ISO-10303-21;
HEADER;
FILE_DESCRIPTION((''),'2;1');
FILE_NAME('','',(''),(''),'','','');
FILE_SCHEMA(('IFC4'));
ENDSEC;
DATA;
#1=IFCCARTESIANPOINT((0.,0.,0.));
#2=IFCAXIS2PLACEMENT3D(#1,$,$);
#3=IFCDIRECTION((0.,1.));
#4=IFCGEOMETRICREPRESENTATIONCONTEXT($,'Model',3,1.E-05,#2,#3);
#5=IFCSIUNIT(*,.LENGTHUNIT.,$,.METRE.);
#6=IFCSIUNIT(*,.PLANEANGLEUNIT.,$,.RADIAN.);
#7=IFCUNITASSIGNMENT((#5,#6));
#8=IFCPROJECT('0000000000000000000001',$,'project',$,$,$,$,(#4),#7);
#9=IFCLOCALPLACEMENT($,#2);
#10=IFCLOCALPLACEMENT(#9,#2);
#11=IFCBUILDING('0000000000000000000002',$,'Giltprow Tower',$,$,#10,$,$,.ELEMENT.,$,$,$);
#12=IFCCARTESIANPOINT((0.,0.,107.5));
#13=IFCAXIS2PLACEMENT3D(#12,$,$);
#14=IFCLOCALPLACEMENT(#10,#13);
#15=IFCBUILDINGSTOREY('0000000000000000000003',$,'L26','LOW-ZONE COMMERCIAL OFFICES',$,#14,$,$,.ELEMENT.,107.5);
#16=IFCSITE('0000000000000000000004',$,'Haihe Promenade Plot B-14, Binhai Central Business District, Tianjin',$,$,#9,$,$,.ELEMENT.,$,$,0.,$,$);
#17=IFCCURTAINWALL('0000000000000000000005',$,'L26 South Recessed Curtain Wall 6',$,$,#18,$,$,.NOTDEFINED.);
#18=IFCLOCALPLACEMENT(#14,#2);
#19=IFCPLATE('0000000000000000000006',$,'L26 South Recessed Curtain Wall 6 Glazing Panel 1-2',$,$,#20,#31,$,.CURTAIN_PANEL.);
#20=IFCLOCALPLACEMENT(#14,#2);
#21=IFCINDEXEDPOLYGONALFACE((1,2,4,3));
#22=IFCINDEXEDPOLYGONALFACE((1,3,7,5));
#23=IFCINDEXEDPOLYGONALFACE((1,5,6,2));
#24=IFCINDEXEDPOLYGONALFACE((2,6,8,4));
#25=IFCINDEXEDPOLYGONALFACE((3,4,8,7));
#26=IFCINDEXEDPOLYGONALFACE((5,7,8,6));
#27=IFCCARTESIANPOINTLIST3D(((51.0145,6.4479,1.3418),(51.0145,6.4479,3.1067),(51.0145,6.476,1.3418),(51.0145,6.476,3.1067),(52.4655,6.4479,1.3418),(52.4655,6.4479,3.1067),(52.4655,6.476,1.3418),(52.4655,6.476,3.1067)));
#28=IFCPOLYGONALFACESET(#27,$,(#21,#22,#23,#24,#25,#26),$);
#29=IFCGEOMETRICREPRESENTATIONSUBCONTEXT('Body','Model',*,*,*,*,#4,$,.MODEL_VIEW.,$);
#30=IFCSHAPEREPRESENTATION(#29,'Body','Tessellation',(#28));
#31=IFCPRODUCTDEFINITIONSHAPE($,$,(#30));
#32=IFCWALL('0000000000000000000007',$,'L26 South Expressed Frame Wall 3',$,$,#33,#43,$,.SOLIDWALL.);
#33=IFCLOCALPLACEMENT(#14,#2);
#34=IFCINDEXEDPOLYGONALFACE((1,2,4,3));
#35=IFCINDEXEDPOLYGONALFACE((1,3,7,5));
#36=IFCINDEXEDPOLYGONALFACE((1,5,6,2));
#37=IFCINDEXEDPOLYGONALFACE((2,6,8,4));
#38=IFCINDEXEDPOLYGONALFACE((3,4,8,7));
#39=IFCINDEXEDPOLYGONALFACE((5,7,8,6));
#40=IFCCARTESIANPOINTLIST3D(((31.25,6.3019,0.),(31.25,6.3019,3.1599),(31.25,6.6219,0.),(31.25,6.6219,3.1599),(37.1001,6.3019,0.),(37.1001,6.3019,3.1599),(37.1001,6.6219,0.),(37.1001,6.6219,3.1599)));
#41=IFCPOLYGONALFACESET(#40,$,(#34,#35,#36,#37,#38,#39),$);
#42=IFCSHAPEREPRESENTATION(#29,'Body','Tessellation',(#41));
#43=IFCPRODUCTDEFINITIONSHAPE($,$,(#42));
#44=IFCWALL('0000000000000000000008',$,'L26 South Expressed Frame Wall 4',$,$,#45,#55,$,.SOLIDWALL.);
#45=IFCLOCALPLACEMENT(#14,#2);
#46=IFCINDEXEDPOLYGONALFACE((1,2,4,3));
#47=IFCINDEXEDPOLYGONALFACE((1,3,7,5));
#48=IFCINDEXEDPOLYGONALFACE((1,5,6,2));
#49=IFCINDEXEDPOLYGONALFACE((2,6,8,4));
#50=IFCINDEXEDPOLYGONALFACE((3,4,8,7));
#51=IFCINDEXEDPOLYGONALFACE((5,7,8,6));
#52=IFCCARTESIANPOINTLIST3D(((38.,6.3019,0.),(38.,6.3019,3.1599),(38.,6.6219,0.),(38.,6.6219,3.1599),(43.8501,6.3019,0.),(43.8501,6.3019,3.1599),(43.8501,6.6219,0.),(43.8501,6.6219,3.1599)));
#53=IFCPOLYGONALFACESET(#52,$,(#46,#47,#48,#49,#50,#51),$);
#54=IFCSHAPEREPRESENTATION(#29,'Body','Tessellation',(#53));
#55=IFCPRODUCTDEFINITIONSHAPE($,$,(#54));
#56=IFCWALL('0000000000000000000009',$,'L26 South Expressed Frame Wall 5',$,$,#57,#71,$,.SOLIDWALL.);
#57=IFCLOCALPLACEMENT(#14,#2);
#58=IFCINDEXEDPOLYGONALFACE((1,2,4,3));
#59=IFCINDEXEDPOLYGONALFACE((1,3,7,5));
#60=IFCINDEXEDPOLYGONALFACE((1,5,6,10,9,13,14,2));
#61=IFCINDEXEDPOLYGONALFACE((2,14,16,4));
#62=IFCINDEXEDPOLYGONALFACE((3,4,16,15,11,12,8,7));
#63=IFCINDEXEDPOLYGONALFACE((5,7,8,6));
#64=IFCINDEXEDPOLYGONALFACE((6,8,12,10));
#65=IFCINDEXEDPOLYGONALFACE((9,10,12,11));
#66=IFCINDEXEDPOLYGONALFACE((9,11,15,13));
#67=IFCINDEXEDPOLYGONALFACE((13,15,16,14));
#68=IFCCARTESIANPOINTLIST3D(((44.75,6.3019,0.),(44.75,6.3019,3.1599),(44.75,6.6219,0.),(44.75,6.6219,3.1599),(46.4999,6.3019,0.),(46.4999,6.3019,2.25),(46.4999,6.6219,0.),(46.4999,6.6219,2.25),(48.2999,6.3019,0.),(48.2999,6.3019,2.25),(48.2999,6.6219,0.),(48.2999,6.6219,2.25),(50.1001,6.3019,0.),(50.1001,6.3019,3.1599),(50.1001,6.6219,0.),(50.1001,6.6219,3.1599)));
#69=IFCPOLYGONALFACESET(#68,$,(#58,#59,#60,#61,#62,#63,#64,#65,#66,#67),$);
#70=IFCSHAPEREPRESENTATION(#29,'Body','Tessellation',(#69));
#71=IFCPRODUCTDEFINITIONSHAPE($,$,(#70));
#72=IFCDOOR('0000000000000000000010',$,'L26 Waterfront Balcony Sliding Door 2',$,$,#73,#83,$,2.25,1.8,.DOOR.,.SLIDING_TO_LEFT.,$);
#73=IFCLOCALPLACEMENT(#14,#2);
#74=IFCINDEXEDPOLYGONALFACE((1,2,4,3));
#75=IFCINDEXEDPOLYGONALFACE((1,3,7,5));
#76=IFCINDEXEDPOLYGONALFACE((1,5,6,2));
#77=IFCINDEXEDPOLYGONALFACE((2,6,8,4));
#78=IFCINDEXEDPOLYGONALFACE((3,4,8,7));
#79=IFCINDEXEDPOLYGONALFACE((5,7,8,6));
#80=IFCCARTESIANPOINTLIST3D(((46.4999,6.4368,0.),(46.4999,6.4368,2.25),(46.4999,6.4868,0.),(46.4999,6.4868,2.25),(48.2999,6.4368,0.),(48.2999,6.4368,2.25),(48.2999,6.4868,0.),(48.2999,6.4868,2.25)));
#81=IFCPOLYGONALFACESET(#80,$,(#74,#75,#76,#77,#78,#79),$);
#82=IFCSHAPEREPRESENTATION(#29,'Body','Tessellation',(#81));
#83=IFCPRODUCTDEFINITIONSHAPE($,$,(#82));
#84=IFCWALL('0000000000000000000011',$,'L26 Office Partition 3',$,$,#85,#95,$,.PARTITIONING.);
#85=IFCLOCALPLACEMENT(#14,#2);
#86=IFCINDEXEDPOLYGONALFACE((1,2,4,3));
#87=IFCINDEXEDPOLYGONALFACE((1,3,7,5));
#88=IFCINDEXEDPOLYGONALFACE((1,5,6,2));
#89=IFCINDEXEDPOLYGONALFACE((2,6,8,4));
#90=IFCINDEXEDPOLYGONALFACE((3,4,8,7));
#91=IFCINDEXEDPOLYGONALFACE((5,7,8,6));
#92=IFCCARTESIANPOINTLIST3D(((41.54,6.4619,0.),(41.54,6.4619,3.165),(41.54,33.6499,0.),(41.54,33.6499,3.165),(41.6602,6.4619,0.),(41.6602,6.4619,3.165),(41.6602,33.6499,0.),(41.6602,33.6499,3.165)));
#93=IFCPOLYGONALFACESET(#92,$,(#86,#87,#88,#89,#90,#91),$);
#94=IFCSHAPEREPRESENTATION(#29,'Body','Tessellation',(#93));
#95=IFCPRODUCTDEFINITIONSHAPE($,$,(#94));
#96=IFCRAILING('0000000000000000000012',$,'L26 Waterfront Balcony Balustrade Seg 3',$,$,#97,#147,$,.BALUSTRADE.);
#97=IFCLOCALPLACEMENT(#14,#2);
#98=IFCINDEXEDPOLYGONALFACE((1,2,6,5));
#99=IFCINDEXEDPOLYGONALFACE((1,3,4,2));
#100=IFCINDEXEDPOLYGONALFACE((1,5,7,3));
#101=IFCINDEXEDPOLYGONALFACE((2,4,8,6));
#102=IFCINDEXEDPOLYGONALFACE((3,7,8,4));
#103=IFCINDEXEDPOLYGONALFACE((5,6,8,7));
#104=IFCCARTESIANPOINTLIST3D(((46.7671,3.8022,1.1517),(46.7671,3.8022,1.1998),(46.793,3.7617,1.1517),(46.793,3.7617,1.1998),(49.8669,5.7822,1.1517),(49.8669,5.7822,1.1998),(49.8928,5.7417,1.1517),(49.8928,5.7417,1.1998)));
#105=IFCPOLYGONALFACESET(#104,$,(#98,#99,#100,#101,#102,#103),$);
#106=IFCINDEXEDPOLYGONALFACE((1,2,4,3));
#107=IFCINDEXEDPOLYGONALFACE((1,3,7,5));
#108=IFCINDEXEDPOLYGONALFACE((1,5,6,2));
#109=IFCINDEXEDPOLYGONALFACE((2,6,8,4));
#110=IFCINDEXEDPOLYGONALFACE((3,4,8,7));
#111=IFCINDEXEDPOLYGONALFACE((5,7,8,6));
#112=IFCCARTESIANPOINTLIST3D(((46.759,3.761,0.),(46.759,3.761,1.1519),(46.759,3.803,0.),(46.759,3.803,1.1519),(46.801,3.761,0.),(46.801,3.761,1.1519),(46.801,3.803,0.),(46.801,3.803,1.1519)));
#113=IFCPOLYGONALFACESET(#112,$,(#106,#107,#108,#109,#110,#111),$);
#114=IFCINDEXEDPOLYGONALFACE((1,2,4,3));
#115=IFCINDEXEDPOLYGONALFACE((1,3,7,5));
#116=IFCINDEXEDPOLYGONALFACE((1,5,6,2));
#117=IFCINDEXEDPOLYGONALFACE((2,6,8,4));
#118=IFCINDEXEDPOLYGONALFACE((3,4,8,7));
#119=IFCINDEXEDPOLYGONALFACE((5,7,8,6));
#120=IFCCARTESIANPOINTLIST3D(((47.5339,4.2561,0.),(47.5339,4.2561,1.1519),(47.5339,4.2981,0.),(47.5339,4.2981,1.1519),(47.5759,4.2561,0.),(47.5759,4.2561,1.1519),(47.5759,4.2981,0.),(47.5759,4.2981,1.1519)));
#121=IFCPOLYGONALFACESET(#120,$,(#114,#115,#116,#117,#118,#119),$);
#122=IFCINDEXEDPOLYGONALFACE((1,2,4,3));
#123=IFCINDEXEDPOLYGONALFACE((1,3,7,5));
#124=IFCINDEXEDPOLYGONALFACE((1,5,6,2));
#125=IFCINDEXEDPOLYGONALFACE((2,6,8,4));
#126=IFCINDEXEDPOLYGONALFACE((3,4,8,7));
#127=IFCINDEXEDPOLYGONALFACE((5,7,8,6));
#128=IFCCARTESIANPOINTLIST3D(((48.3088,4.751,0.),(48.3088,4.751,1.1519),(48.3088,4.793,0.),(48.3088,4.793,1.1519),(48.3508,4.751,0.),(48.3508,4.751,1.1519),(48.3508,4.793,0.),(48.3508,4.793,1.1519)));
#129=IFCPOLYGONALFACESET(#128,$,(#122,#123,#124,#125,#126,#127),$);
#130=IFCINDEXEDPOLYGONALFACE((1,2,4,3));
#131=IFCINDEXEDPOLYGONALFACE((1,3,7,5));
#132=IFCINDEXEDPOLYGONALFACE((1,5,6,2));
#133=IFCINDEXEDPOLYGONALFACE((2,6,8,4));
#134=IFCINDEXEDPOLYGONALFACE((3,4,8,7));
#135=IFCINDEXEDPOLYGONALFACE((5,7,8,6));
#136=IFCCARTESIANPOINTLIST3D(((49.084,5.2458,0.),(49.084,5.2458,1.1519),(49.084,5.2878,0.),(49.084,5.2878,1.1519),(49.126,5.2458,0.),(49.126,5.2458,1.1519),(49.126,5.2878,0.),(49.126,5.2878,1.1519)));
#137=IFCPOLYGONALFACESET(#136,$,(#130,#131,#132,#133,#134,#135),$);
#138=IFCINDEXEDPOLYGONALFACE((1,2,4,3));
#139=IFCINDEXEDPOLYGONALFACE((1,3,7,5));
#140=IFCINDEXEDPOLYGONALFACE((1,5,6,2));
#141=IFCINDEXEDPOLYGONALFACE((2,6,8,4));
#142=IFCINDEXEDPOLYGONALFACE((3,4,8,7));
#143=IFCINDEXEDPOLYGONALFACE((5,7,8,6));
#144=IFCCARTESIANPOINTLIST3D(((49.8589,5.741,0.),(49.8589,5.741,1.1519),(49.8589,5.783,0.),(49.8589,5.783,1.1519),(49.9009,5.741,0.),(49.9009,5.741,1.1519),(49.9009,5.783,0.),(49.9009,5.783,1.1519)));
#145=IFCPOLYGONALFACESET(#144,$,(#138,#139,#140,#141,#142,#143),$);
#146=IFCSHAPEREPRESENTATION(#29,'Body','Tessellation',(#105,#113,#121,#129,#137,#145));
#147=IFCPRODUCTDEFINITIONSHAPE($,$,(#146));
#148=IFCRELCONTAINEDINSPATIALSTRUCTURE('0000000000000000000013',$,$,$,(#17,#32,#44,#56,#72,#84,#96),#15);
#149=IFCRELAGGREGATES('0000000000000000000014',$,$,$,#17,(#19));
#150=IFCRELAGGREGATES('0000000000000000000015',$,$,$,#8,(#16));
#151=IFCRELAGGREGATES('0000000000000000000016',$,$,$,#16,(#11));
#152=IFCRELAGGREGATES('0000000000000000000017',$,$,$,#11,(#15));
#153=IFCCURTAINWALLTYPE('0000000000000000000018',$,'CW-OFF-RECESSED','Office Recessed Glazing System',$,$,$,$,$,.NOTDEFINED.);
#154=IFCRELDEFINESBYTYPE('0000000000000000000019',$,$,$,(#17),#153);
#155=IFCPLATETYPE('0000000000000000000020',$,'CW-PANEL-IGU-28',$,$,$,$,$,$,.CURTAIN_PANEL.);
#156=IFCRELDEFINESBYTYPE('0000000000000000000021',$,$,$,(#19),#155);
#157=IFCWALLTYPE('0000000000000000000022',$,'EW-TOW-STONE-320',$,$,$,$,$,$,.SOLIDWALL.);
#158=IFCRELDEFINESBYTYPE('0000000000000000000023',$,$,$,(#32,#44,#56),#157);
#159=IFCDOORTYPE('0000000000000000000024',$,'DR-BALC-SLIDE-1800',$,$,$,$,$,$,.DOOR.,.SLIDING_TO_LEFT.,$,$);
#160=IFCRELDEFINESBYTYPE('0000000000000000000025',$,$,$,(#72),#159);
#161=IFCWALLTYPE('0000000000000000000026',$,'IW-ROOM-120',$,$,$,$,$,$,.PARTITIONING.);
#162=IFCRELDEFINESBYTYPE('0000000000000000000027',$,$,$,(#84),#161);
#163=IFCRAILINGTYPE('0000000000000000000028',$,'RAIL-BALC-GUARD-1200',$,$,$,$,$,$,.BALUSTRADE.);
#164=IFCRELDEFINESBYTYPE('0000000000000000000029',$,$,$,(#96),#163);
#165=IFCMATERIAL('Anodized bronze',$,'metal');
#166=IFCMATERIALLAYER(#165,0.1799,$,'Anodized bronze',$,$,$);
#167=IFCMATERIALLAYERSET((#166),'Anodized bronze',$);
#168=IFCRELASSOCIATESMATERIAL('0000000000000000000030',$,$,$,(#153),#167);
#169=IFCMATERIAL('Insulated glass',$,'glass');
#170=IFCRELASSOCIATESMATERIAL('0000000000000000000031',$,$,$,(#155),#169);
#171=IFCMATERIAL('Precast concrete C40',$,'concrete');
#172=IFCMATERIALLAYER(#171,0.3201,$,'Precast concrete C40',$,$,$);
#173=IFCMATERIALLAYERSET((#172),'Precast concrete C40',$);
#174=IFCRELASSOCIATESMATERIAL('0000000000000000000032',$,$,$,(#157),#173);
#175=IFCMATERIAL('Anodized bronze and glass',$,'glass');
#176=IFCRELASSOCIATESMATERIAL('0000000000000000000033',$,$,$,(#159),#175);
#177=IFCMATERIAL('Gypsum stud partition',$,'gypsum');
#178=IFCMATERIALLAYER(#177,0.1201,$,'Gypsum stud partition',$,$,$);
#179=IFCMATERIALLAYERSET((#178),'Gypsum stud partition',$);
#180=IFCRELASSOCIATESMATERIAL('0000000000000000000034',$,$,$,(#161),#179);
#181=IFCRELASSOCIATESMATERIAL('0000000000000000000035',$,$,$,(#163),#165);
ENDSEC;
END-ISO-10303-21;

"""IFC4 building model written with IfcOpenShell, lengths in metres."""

from ifc_helpers import new_model, si_unit, direction, frame, frame_2d, origin, origin_2d, place, context, subcontext, project, spatial, rectangle, extrude, source, transform, mapped, material, layer, layer_set, type_object, element, fill, aggregate, save


model = new_model("IFC4")

# Units and contexts
model_context = context("Model", 3, precision=1e-05, world=origin(), true_north=direction((0.0, 1.0)))
body_context = subcontext(model_context, "Body", "Model", "MODEL_VIEW")
ifc_project = project(units=[si_unit("LENGTHUNIT", "METRE"), si_unit("PLANEANGLEUNIT", "RADIAN")], contexts=[model_context])

# Site, building, storey
site_placement = place(None, origin())
site = spatial("IfcSite", under=ifc_project, at=site_placement, Name="Haihe Promenade Plot B-14, Binhai Central Business District, Tianjin", CompositionType="ELEMENT", RefElevation=0.0)
building_placement = place(site_placement, origin())
building = spatial("IfcBuilding", under=site, at=building_placement, Name="Giltprow Tower", CompositionType="ELEMENT")
storey_placement = place(building_placement, frame((0.0, 0.0, 107.5)))
storey = spatial("IfcBuildingStorey", under=building, at=storey_placement, Name="L26", Description="LOW-ZONE COMMERCIAL OFFICES", CompositionType="ELEMENT", Elevation=107.5)

# Curtain wall
ifc_material_1 = material(Name="Anodized bronze", Category="metal")
ifc_layer_1 = layer(ifc_material_1, 0.1799, Name="Anodized bronze")
ifc_layer_set_1 = layer_set([ifc_layer_1], Name="Anodized bronze")
curtain_wall_type = type_object("IfcCurtainWallType", Name="CW-OFF-RECESSED", Description="Office Recessed Glazing System", PredefinedType="NOTDEFINED", material=ifc_layer_set_1)
curtain_wall_placement = place(storey_placement, origin())
curtain_wall = element("IfcCurtainWall", 1, at=curtain_wall_placement, inside=storey, type_object=curtain_wall_type, Name="L26 South Recessed Curtain Wall 6", PredefinedType="NOTDEFINED")

# Plate
ifc_material_2 = material(Name="Insulated glass", Category="glass")
plate_type_1 = type_object("IfcPlateType", Name="CW-PANEL-IGU-28", PredefinedType="CURTAIN_PANEL", material=ifc_material_2)
shared_shape_1 = source(origin(), body_context, "Body", "SweptSolid", [
    extrude(rectangle(XDim=1.4509, YDim=0.0281, at=origin_2d()), origin(), (0.0, 0.0, 1.0), 1.7649),
])
plate_1_placement = place(storey_placement, frame((51.74, 6.4619, 1.3418), z_axis=(0.0, 0.0, 1.0), x_axis=(1.0, 0.0, 0.0)))
plate_1 = element("IfcPlate", 2, at=plate_1_placement, type_object=plate_type_1, Name="L26 South Recessed Curtain Wall 6 Glazing Panel 1-2", PredefinedType="CURTAIN_PANEL", context=body_context, shape_type="MappedRepresentation", body=[
    mapped(shared_shape_1, transform((0.0, 0.0, 0.0), x_axis=(1.0, 0.0, 0.0), y_axis=(0.0, 1.0, 0.0), z_axis=(0.0, 0.0, 1.0), scale=1.0)),
])
aggregate(curtain_wall, [plate_1])

# Walls
ifc_material_3 = material(Name="Precast concrete C40", Category="concrete")
ifc_layer_2 = layer(ifc_material_3, 0.3201, Name="Precast concrete C40")
ifc_layer_set_2 = layer_set([ifc_layer_2], Name="Precast concrete C40")
wall_type_1 = type_object("IfcWallType", Name="EW-TOW-STONE-320", PredefinedType="SOLIDWALL", material=ifc_layer_set_2)
for number, where, z_axis, x_axis, name in (
    (3, (31.25, 6.4619, 0.0), (0.0, 0.0, 1.0), (1.0, 0.0, 0.0), "L26 South Expressed Frame Wall 3"),
    (4, (38.0, 6.4619, 0.0), (0.0, 0.0, 1.0), (1.0, 0.0, 0.0), "L26 South Expressed Frame Wall 4"),
):
    element("IfcWall", number, at=place(storey_placement, frame(where, z_axis=z_axis, x_axis=x_axis)), inside=storey, type_object=wall_type_1, Name=name, PredefinedType="SOLIDWALL", context=body_context, shape_type="SweptSolid", body=[
        extrude(rectangle(XDim=5.8501, YDim=0.3201, at=frame_2d((2.925, 0.0))), origin(), (0.0, 0.0, 1.0), 3.1599),
    ])

# Wall, opening, door
wall_1_placement = place(storey_placement, frame((44.75, 6.4619, 0.0), z_axis=(0.0, 0.0, 1.0), x_axis=(1.0, 0.0, 0.0)))
wall_1 = element("IfcWall", 5, at=wall_1_placement, inside=storey, type_object=wall_type_1, Name="L26 South Expressed Frame Wall 5", PredefinedType="SOLIDWALL", context=body_context, shape_type="SweptSolid", body=[
    extrude(rectangle(XDim=5.3501, YDim=0.3201, at=frame_2d((2.675, 0.0))), origin(), (0.0, 0.0, 1.0), 3.1599),
])
opening_placement = place(wall_1_placement, frame((1.75, 0.0, 0.0)))
opening = element("IfcOpeningElement", 6, at=opening_placement, cuts=wall_1, PredefinedType="OPENING", context=body_context, shape_type="SweptSolid", body=[
    extrude(rectangle(XDim=1.8, YDim=2.25, at=frame_2d((0.8999, 1.125))), frame((0.0, 0.1699, 0.0), z_axis=(0.0, -1.0, 0.0), x_axis=(1.0, 0.0, 0.0)), (0.0, 0.0, 1.0), 0.3401),
])
ifc_material_4 = material(Name="Anodized bronze and glass", Category="glass")
door_type = type_object("IfcDoorType", Name="DR-BALC-SLIDE-1800", OperationType="SLIDING_TO_LEFT", PredefinedType="DOOR", material=ifc_material_4)
shared_shape_2 = source(origin(), body_context, "Body", "SweptSolid", [
    extrude(rectangle(XDim=1.8, YDim=2.25, at=frame_2d((0.8999, 1.125))), frame((0.0, 0.0249, 0.0), z_axis=(0.0, -1.0, 0.0), x_axis=(1.0, 0.0, 0.0)), (0.0, 0.0, 1.0), 0.05),
])
door_placement = place(opening_placement, origin())
door = element("IfcDoor", 7, at=door_placement, inside=storey, type_object=door_type, Name="L26 Waterfront Balcony Sliding Door 2", OperationType="SLIDING_TO_LEFT", OverallHeight=2.25, OverallWidth=1.8, PredefinedType="DOOR", context=body_context, shape_type="MappedRepresentation", body=[
    mapped(shared_shape_2, transform((0.0, 0.0, 0.0), x_axis=(1.0, 0.0, 0.0), y_axis=(0.0, 1.0, 0.0), z_axis=(0.0, 0.0, 1.0), scale=1.0)),
])
fill(opening, door)

# Wall
ifc_material_5 = material(Name="Gypsum stud partition", Category="gypsum")
ifc_layer_3 = layer(ifc_material_5, 0.1201, Name="Gypsum stud partition")
ifc_layer_set_3 = layer_set([ifc_layer_3], Name="Gypsum stud partition")
wall_type_2 = type_object("IfcWallType", Name="IW-ROOM-120", PredefinedType="PARTITIONING", material=ifc_layer_set_3)
wall_2_placement = place(storey_placement, frame((41.6001, 6.4619, 0.0), z_axis=(0.0, 0.0, 1.0), x_axis=(0.0, 1.0, 0.0)))
element("IfcWall", 8, at=wall_2_placement, inside=storey, type_object=wall_type_2, Name="L26 Office Partition 3", PredefinedType="PARTITIONING", context=body_context, shape_type="SweptSolid", body=[
    extrude(rectangle(XDim=27.188, YDim=0.1201, at=frame_2d((13.594, 0.0))), origin(), (0.0, 0.0, 1.0), 3.165),
])

# Railing
railing_type = type_object("IfcRailingType", Name="RAIL-BALC-GUARD-1200", PredefinedType="BALUSTRADE", material=ifc_material_1)
railing_1_placement = place(storey_placement, frame((46.78, 3.782, 0.0)))
element("IfcRailing", 9, at=railing_1_placement, inside=storey, type_object=railing_type, Name="L26 Waterfront Balcony Balustrade Seg 3", PredefinedType="BALUSTRADE", context=body_context, shape_type="SweptSolid", body=[
    extrude(rectangle(XDim=0.0481, YDim=0.0481, at=origin_2d()), frame((0.0, 0.0, 1.1758), z_axis=(0.842756, 0.538296, 0.0), x_axis=(-0.538296, 0.842756, 0.0)), (0.0, 0.0, 1.0), 3.6782),
    extrude(rectangle(XDim=0.042, YDim=0.042, at=origin_2d()), origin(), (0.0, 0.0, 1.0), 1.1519),
    extrude(rectangle(XDim=0.042, YDim=0.042, at=origin_2d()), frame((0.7749, 0.4951, 0.0)), (0.0, 0.0, 1.0), 1.1519),
    extrude(rectangle(XDim=0.042, YDim=0.042, at=origin_2d()), frame((1.5498, 0.99, 0.0)), (0.0, 0.0, 1.0), 1.1519),
    extrude(rectangle(XDim=0.042, YDim=0.042, at=origin_2d()), frame((2.325, 1.4849, 0.0)), (0.0, 0.0, 1.0), 1.1519),
    extrude(rectangle(XDim=0.042, YDim=0.042, at=origin_2d()), frame((3.0999, 1.98, 0.0)), (0.0, 0.0, 1.0), 1.1519),
])

save(model, "model.ifc")
